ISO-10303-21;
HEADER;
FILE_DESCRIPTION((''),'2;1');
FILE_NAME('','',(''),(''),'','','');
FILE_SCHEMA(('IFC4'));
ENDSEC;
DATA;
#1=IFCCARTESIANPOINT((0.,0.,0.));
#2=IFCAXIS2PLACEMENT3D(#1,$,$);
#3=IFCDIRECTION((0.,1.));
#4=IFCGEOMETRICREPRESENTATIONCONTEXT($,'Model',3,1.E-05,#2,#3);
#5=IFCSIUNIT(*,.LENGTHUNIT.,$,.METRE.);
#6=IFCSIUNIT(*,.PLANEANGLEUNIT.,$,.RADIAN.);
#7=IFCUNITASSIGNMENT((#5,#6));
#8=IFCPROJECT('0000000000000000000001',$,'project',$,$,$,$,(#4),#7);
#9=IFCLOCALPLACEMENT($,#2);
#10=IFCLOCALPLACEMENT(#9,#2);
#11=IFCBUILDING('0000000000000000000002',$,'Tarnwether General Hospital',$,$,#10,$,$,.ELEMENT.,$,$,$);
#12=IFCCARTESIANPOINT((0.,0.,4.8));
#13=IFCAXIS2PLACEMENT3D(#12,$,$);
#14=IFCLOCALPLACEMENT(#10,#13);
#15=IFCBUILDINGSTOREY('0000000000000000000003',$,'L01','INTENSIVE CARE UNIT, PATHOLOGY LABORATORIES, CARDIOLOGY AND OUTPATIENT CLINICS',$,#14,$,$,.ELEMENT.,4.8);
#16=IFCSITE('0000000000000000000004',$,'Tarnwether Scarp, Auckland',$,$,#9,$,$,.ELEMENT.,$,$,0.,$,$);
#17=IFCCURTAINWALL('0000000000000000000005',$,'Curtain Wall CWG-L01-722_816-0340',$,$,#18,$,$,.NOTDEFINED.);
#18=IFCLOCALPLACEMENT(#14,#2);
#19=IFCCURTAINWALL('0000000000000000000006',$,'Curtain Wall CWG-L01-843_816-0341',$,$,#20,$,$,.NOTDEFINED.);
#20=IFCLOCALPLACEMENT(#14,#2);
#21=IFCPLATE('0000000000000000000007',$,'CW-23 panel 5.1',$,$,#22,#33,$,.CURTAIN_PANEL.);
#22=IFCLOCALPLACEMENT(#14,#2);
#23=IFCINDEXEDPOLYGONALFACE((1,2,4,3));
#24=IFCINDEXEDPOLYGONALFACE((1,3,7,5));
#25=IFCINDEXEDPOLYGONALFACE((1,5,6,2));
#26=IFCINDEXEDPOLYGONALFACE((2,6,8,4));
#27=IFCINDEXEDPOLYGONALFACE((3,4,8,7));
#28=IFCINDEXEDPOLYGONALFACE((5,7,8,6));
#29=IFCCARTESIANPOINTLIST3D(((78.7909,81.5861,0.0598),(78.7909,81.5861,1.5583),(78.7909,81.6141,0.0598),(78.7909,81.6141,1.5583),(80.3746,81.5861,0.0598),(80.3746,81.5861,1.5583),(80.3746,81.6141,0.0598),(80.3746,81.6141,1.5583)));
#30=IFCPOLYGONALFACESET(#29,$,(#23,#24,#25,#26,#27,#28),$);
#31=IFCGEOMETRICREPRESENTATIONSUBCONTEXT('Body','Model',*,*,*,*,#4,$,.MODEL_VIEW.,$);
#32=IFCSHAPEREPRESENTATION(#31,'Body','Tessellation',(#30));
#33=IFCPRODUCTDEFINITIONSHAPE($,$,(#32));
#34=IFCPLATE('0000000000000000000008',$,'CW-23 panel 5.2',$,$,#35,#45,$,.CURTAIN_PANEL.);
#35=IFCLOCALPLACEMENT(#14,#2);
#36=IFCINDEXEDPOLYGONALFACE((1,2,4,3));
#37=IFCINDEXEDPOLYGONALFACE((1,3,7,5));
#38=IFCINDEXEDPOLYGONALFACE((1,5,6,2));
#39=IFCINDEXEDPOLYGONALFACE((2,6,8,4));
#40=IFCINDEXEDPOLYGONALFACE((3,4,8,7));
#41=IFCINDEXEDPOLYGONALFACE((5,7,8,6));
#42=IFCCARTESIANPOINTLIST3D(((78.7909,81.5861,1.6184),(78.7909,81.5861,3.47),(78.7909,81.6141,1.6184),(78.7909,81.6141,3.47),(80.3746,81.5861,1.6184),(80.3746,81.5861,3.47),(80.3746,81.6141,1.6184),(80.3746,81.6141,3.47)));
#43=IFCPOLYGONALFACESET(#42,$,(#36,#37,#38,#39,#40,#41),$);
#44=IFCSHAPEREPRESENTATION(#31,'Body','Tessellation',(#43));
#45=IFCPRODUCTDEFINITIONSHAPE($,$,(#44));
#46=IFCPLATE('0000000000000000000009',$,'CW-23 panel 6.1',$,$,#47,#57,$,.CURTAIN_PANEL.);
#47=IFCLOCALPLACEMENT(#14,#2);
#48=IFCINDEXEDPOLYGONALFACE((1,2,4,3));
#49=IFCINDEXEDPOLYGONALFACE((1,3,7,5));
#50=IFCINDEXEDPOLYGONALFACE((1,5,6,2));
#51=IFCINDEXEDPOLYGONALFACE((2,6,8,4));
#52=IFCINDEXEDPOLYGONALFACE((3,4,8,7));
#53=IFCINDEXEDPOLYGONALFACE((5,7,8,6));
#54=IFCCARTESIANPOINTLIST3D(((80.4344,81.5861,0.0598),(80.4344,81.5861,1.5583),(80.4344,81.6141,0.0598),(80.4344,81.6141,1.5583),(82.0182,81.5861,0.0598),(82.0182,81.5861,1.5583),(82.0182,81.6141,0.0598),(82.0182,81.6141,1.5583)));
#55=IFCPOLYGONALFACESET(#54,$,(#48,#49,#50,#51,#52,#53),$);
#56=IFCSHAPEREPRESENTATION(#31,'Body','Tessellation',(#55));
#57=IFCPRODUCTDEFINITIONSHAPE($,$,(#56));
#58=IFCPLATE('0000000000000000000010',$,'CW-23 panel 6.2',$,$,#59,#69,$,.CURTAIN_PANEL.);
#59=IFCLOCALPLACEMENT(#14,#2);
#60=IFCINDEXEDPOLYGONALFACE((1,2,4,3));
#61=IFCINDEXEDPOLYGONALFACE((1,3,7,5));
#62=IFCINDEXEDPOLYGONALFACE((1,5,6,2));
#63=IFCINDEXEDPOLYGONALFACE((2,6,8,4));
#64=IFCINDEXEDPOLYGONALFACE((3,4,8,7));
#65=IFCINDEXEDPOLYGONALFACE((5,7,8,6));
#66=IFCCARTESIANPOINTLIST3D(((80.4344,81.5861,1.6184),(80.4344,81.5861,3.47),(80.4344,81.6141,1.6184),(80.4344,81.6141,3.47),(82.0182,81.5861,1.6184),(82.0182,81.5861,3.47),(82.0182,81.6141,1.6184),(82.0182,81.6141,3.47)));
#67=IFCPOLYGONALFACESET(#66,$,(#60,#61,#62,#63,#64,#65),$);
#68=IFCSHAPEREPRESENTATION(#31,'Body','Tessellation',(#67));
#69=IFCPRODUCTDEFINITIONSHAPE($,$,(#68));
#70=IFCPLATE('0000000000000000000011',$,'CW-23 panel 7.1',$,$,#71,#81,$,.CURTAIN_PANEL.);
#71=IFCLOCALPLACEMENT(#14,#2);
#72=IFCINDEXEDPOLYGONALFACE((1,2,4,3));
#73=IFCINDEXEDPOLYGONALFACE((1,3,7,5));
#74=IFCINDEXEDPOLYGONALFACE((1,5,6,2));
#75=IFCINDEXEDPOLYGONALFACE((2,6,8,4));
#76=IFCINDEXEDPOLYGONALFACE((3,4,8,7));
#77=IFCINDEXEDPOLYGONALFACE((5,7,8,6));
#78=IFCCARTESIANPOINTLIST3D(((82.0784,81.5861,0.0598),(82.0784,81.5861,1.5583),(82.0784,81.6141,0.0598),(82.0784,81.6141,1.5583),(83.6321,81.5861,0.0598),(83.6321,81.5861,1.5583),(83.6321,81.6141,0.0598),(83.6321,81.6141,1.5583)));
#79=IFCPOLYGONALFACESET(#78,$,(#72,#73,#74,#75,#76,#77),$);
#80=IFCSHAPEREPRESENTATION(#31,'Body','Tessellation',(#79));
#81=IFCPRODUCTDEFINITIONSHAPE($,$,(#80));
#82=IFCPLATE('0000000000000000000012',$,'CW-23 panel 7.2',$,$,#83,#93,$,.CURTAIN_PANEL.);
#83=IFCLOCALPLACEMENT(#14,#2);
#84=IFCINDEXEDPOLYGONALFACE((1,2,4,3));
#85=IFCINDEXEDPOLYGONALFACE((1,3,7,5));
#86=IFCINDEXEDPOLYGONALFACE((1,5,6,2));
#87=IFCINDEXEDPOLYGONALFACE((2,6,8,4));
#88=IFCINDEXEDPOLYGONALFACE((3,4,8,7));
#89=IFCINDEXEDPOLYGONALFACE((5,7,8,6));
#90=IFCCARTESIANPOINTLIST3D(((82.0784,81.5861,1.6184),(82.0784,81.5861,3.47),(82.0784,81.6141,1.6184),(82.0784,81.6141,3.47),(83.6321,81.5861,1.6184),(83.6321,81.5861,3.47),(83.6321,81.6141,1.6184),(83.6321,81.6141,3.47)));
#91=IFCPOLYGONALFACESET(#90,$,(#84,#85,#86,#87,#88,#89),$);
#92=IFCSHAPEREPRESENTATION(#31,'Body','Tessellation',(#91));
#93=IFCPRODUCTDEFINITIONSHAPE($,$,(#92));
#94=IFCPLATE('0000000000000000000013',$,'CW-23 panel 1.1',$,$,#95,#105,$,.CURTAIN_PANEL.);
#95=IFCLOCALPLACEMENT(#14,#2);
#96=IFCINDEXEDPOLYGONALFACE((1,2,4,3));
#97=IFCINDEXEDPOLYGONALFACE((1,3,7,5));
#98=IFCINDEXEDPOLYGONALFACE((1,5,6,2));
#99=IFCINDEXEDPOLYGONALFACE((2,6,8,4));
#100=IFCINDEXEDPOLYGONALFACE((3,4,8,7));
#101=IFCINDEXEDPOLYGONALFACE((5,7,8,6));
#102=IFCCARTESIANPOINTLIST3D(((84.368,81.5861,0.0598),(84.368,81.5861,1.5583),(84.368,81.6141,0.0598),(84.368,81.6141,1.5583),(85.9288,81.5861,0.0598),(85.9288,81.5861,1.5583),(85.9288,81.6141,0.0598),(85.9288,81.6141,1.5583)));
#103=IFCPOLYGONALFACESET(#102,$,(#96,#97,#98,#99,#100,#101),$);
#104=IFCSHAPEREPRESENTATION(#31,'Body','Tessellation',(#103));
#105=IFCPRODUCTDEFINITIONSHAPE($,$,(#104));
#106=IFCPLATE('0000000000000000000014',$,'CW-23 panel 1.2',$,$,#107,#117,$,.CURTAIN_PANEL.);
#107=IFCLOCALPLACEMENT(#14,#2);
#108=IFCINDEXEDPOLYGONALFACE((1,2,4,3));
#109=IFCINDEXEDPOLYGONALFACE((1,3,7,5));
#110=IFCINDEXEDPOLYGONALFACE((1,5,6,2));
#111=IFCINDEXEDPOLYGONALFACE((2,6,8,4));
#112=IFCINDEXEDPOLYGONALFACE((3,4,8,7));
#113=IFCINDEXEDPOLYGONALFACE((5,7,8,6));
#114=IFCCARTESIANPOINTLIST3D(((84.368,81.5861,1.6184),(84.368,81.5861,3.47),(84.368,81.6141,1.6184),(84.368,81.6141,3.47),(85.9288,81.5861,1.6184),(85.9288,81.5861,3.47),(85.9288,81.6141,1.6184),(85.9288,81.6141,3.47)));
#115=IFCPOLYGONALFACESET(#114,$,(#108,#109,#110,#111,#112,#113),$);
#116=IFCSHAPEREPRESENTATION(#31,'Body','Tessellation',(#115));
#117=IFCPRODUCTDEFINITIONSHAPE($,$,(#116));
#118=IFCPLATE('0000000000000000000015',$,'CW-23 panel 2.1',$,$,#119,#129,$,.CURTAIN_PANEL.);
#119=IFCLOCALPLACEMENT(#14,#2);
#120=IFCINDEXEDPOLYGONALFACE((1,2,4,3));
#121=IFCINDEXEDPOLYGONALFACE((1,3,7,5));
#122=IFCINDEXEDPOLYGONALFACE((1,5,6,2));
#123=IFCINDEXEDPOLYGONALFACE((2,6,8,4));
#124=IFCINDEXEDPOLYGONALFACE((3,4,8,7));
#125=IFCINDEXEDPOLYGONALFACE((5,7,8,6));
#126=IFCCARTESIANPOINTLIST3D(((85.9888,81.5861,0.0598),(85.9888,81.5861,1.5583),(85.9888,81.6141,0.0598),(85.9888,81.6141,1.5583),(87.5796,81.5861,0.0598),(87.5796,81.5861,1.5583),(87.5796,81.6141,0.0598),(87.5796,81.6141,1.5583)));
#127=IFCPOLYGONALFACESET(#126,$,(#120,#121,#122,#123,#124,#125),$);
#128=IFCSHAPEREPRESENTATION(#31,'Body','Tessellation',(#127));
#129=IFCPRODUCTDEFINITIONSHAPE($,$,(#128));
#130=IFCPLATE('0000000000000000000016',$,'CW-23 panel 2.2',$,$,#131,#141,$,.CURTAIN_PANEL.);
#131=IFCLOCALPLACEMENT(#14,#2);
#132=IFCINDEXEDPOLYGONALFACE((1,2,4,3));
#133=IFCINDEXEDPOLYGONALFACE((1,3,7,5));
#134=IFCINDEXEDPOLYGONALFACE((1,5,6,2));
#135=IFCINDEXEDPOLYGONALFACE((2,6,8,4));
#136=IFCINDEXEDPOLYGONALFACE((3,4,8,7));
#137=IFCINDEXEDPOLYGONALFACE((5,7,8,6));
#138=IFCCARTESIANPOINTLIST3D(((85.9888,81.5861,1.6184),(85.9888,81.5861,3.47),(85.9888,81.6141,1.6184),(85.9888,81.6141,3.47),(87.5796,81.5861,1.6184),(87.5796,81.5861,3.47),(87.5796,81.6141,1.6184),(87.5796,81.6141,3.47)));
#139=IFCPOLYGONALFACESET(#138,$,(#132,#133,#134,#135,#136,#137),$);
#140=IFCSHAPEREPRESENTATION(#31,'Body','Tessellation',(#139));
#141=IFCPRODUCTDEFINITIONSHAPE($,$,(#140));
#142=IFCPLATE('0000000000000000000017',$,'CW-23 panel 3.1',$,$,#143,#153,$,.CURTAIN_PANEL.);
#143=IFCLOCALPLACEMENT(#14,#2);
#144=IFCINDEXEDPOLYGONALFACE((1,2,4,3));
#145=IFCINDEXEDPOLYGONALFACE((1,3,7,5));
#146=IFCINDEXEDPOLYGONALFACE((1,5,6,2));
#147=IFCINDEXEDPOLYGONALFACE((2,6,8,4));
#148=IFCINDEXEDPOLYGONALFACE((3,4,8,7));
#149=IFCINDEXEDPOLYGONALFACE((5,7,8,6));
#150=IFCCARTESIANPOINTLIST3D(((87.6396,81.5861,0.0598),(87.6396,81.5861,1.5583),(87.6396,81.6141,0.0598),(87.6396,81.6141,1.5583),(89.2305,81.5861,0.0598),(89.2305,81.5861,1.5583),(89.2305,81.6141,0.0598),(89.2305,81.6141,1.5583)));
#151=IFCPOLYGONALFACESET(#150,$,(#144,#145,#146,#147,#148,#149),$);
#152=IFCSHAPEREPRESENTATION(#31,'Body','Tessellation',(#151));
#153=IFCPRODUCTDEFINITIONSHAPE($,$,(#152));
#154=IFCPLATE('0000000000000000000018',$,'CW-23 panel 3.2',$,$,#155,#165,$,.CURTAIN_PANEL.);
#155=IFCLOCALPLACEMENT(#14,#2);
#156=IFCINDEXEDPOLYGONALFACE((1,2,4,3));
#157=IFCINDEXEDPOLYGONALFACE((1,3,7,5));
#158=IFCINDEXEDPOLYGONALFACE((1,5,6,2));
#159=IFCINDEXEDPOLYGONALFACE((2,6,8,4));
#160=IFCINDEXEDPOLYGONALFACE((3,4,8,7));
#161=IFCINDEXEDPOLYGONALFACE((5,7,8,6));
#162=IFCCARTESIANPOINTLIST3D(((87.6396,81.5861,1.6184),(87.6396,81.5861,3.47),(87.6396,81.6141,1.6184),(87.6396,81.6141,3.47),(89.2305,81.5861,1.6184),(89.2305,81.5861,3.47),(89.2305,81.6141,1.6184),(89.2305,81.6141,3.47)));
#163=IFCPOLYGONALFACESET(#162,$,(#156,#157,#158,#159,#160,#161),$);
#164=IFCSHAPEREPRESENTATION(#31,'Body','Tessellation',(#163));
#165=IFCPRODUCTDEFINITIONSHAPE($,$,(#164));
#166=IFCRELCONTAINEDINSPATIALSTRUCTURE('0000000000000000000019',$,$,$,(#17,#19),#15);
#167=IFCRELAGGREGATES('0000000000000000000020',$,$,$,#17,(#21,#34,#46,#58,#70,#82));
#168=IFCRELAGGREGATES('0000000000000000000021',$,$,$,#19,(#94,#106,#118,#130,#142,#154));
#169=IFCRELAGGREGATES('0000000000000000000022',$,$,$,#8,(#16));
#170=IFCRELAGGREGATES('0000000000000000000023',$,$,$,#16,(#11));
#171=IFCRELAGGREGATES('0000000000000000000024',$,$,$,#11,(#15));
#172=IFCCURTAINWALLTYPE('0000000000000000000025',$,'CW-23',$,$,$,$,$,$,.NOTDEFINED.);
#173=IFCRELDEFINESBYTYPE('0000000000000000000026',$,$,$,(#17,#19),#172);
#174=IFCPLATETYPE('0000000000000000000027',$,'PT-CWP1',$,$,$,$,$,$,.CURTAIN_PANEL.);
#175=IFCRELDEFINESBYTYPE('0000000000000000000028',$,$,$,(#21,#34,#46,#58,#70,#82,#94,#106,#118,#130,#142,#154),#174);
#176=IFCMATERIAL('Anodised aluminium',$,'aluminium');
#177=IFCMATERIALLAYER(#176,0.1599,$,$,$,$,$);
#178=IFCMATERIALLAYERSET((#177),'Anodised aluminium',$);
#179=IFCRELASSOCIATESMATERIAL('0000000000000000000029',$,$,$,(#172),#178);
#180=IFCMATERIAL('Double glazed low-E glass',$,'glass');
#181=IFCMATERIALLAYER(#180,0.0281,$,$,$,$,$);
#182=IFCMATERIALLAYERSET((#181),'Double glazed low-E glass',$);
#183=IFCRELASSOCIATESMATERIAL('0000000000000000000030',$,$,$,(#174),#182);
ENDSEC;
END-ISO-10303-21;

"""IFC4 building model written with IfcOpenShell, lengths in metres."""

from ifc_helpers import new_model, si_unit, direction, frame, origin, origin_2d, place, context, subcontext, project, spatial, rectangle, extrude, material, layer, layer_set, type_object, element, aggregate, save


model = new_model("IFC4")

# Units and contexts
model_context = context("Model", 3, precision=1e-05, world=origin(), true_north=direction((0.0, 1.0)))
body_context = subcontext(model_context, "Body", "Model", "MODEL_VIEW")
ifc_project = project(units=[si_unit("LENGTHUNIT", "METRE"), si_unit("PLANEANGLEUNIT", "RADIAN")], contexts=[model_context])

# Site, building, storey
site_placement = place(None, origin())
site = spatial("IfcSite", under=ifc_project, at=site_placement, Name="Tarnwether Scarp, Auckland", CompositionType="ELEMENT", RefElevation=0.0)
building_placement = place(site_placement, origin())
building = spatial("IfcBuilding", under=site, at=building_placement, Name="Tarnwether General Hospital", CompositionType="ELEMENT")
storey_placement = place(building_placement, frame((0.0, 0.0, 4.8)))
storey = spatial("IfcBuildingStorey", under=building, at=storey_placement, Name="L01", Description="INTENSIVE CARE UNIT, PATHOLOGY LABORATORIES, CARDIOLOGY AND OUTPATIENT CLINICS", CompositionType="ELEMENT", Elevation=4.8)

# Curtain walls
ifc_material_1 = material(Name="Anodised aluminium", Category="aluminium")
ifc_layer_1 = layer(ifc_material_1, 0.1599)
ifc_layer_set_1 = layer_set([ifc_layer_1], Name="Anodised aluminium")
curtain_wall_type = type_object("IfcCurtainWallType", Name="CW-23", PredefinedType="NOTDEFINED", material=ifc_layer_set_1)
curtain_wall_1_placement = place(storey_placement, origin())
curtain_wall_1 = element("IfcCurtainWall", 1, at=curtain_wall_1_placement, inside=storey, type_object=curtain_wall_type, Name="Curtain Wall CWG-L01-722_816-0340", PredefinedType="NOTDEFINED")
curtain_wall_2_placement = place(storey_placement, origin())
curtain_wall_2 = element("IfcCurtainWall", 2, at=curtain_wall_2_placement, inside=storey, type_object=curtain_wall_type, Name="Curtain Wall CWG-L01-843_816-0341", PredefinedType="NOTDEFINED")

# Plates
ifc_material_2 = material(Name="Double glazed low-E glass", Category="glass")
ifc_layer_2 = layer(ifc_material_2, 0.0281)
ifc_layer_set_2 = layer_set([ifc_layer_2], Name="Double glazed low-E glass")
plate_type = type_object("IfcPlateType", Name="PT-CWP1", PredefinedType="CURTAIN_PANEL", material=ifc_layer_set_2)
plate_1_placement = place(storey_placement, frame((79.5828, 81.6001, 0.0598), z_axis=(0.0, 0.0, 1.0), x_axis=(1.0, 0.0, 0.0)))
plate_1 = element("IfcPlate", 3, at=plate_1_placement, type_object=plate_type, Name="CW-23 panel 5.1", PredefinedType="CURTAIN_PANEL", context=body_context, shape_type="SweptSolid", body=[
    extrude(rectangle(XDim=1.5837, YDim=0.0281, at=origin_2d()), origin(), (0.0, 0.0, 1.0), 1.4985),
])
plate_2_placement = place(storey_placement, frame((79.5828, 81.6001, 1.6184), z_axis=(0.0, 0.0, 1.0), x_axis=(1.0, 0.0, 0.0)))
plate_2 = element("IfcPlate", 4, at=plate_2_placement, type_object=plate_type, Name="CW-23 panel 5.2", PredefinedType="CURTAIN_PANEL", context=body_context, shape_type="SweptSolid", body=[
    extrude(rectangle(XDim=1.5837, YDim=0.0281, at=origin_2d()), origin(), (0.0, 0.0, 1.0), 1.8516),
])
plate_3_placement = place(storey_placement, frame((81.2263, 81.6001, 0.0598), z_axis=(0.0, 0.0, 1.0), x_axis=(1.0, 0.0, 0.0)))
plate_3 = element("IfcPlate", 5, at=plate_3_placement, type_object=plate_type, Name="CW-23 panel 6.1", PredefinedType="CURTAIN_PANEL", context=body_context, shape_type="SweptSolid", body=[
    extrude(rectangle(XDim=1.5837, YDim=0.0281, at=origin_2d()), origin(), (0.0, 0.0, 1.0), 1.4985),
])
plate_4_placement = place(storey_placement, frame((81.2263, 81.6001, 1.6184), z_axis=(0.0, 0.0, 1.0), x_axis=(1.0, 0.0, 0.0)))
plate_4 = element("IfcPlate", 6, at=plate_4_placement, type_object=plate_type, Name="CW-23 panel 6.2", PredefinedType="CURTAIN_PANEL", context=body_context, shape_type="SweptSolid", body=[
    extrude(rectangle(XDim=1.5837, YDim=0.0281, at=origin_2d()), origin(), (0.0, 0.0, 1.0), 1.8516),
])
plate_5_placement = place(storey_placement, frame((82.8552, 81.6001, 0.0598), z_axis=(0.0, 0.0, 1.0), x_axis=(1.0, 0.0, 0.0)))
plate_5 = element("IfcPlate", 7, at=plate_5_placement, type_object=plate_type, Name="CW-23 panel 7.1", PredefinedType="CURTAIN_PANEL", context=body_context, shape_type="SweptSolid", body=[
    extrude(rectangle(XDim=1.5537, YDim=0.0281, at=origin_2d()), origin(), (0.0, 0.0, 1.0), 1.4985),
])
plate_6_placement = place(storey_placement, frame((82.8552, 81.6001, 1.6184), z_axis=(0.0, 0.0, 1.0), x_axis=(1.0, 0.0, 0.0)))
plate_6 = element("IfcPlate", 8, at=plate_6_placement, type_object=plate_type, Name="CW-23 panel 7.2", PredefinedType="CURTAIN_PANEL", context=body_context, shape_type="SweptSolid", body=[
    extrude(rectangle(XDim=1.5537, YDim=0.0281, at=origin_2d()), origin(), (0.0, 0.0, 1.0), 1.8516),
])
aggregate(curtain_wall_1, [plate_1, plate_2, plate_3, plate_4, plate_5, plate_6])
plate_7_placement = place(storey_placement, frame((85.1484, 81.6001, 0.0598), z_axis=(0.0, 0.0, 1.0), x_axis=(1.0, 0.0, 0.0)))
plate_7 = element("IfcPlate", 9, at=plate_7_placement, type_object=plate_type, Name="CW-23 panel 1.1", PredefinedType="CURTAIN_PANEL", context=body_context, shape_type="SweptSolid", body=[
    extrude(rectangle(XDim=1.5608, YDim=0.0281, at=origin_2d()), origin(), (0.0, 0.0, 1.0), 1.4985),
])
plate_8_placement = place(storey_placement, frame((85.1484, 81.6001, 1.6184), z_axis=(0.0, 0.0, 1.0), x_axis=(1.0, 0.0, 0.0)))
plate_8 = element("IfcPlate", 10, at=plate_8_placement, type_object=plate_type, Name="CW-23 panel 1.2", PredefinedType="CURTAIN_PANEL", context=body_context, shape_type="SweptSolid", body=[
    extrude(rectangle(XDim=1.5608, YDim=0.0281, at=origin_2d()), origin(), (0.0, 0.0, 1.0), 1.8516),
])
plate_9_placement = place(storey_placement, frame((86.7842, 81.6001, 0.0598), z_axis=(0.0, 0.0, 1.0), x_axis=(1.0, 0.0, 0.0)))
plate_9 = element("IfcPlate", 11, at=plate_9_placement, type_object=plate_type, Name="CW-23 panel 2.1", PredefinedType="CURTAIN_PANEL", context=body_context, shape_type="SweptSolid", body=[
    extrude(rectangle(XDim=1.5908, YDim=0.0281, at=origin_2d()), origin(), (0.0, 0.0, 1.0), 1.4985),
])
plate_10_placement = place(storey_placement, frame((86.7842, 81.6001, 1.6184), z_axis=(0.0, 0.0, 1.0), x_axis=(1.0, 0.0, 0.0)))
plate_10 = element("IfcPlate", 12, at=plate_10_placement, type_object=plate_type, Name="CW-23 panel 2.2", PredefinedType="CURTAIN_PANEL", context=body_context, shape_type="SweptSolid", body=[
    extrude(rectangle(XDim=1.5908, YDim=0.0281, at=origin_2d()), origin(), (0.0, 0.0, 1.0), 1.8516),
])
plate_11_placement = place(storey_placement, frame((88.4351, 81.6001, 0.0598), z_axis=(0.0, 0.0, 1.0), x_axis=(1.0, 0.0, 0.0)))
plate_11 = element("IfcPlate", 13, at=plate_11_placement, type_object=plate_type, Name="CW-23 panel 3.1", PredefinedType="CURTAIN_PANEL", context=body_context, shape_type="SweptSolid", body=[
    extrude(rectangle(XDim=1.5908, YDim=0.0281, at=origin_2d()), origin(), (0.0, 0.0, 1.0), 1.4985),
])
plate_12_placement = place(storey_placement, frame((88.4351, 81.6001, 1.6184), z_axis=(0.0, 0.0, 1.0), x_axis=(1.0, 0.0, 0.0)))
plate_12 = element("IfcPlate", 14, at=plate_12_placement, type_object=plate_type, Name="CW-23 panel 3.2", PredefinedType="CURTAIN_PANEL", context=body_context, shape_type="SweptSolid", body=[
    extrude(rectangle(XDim=1.5908, YDim=0.0281, at=origin_2d()), origin(), (0.0, 0.0, 1.0), 1.8516),
])
aggregate(curtain_wall_2, [plate_7, plate_8, plate_9, plate_10, plate_11, plate_12])

save(model, "model.ifc")
